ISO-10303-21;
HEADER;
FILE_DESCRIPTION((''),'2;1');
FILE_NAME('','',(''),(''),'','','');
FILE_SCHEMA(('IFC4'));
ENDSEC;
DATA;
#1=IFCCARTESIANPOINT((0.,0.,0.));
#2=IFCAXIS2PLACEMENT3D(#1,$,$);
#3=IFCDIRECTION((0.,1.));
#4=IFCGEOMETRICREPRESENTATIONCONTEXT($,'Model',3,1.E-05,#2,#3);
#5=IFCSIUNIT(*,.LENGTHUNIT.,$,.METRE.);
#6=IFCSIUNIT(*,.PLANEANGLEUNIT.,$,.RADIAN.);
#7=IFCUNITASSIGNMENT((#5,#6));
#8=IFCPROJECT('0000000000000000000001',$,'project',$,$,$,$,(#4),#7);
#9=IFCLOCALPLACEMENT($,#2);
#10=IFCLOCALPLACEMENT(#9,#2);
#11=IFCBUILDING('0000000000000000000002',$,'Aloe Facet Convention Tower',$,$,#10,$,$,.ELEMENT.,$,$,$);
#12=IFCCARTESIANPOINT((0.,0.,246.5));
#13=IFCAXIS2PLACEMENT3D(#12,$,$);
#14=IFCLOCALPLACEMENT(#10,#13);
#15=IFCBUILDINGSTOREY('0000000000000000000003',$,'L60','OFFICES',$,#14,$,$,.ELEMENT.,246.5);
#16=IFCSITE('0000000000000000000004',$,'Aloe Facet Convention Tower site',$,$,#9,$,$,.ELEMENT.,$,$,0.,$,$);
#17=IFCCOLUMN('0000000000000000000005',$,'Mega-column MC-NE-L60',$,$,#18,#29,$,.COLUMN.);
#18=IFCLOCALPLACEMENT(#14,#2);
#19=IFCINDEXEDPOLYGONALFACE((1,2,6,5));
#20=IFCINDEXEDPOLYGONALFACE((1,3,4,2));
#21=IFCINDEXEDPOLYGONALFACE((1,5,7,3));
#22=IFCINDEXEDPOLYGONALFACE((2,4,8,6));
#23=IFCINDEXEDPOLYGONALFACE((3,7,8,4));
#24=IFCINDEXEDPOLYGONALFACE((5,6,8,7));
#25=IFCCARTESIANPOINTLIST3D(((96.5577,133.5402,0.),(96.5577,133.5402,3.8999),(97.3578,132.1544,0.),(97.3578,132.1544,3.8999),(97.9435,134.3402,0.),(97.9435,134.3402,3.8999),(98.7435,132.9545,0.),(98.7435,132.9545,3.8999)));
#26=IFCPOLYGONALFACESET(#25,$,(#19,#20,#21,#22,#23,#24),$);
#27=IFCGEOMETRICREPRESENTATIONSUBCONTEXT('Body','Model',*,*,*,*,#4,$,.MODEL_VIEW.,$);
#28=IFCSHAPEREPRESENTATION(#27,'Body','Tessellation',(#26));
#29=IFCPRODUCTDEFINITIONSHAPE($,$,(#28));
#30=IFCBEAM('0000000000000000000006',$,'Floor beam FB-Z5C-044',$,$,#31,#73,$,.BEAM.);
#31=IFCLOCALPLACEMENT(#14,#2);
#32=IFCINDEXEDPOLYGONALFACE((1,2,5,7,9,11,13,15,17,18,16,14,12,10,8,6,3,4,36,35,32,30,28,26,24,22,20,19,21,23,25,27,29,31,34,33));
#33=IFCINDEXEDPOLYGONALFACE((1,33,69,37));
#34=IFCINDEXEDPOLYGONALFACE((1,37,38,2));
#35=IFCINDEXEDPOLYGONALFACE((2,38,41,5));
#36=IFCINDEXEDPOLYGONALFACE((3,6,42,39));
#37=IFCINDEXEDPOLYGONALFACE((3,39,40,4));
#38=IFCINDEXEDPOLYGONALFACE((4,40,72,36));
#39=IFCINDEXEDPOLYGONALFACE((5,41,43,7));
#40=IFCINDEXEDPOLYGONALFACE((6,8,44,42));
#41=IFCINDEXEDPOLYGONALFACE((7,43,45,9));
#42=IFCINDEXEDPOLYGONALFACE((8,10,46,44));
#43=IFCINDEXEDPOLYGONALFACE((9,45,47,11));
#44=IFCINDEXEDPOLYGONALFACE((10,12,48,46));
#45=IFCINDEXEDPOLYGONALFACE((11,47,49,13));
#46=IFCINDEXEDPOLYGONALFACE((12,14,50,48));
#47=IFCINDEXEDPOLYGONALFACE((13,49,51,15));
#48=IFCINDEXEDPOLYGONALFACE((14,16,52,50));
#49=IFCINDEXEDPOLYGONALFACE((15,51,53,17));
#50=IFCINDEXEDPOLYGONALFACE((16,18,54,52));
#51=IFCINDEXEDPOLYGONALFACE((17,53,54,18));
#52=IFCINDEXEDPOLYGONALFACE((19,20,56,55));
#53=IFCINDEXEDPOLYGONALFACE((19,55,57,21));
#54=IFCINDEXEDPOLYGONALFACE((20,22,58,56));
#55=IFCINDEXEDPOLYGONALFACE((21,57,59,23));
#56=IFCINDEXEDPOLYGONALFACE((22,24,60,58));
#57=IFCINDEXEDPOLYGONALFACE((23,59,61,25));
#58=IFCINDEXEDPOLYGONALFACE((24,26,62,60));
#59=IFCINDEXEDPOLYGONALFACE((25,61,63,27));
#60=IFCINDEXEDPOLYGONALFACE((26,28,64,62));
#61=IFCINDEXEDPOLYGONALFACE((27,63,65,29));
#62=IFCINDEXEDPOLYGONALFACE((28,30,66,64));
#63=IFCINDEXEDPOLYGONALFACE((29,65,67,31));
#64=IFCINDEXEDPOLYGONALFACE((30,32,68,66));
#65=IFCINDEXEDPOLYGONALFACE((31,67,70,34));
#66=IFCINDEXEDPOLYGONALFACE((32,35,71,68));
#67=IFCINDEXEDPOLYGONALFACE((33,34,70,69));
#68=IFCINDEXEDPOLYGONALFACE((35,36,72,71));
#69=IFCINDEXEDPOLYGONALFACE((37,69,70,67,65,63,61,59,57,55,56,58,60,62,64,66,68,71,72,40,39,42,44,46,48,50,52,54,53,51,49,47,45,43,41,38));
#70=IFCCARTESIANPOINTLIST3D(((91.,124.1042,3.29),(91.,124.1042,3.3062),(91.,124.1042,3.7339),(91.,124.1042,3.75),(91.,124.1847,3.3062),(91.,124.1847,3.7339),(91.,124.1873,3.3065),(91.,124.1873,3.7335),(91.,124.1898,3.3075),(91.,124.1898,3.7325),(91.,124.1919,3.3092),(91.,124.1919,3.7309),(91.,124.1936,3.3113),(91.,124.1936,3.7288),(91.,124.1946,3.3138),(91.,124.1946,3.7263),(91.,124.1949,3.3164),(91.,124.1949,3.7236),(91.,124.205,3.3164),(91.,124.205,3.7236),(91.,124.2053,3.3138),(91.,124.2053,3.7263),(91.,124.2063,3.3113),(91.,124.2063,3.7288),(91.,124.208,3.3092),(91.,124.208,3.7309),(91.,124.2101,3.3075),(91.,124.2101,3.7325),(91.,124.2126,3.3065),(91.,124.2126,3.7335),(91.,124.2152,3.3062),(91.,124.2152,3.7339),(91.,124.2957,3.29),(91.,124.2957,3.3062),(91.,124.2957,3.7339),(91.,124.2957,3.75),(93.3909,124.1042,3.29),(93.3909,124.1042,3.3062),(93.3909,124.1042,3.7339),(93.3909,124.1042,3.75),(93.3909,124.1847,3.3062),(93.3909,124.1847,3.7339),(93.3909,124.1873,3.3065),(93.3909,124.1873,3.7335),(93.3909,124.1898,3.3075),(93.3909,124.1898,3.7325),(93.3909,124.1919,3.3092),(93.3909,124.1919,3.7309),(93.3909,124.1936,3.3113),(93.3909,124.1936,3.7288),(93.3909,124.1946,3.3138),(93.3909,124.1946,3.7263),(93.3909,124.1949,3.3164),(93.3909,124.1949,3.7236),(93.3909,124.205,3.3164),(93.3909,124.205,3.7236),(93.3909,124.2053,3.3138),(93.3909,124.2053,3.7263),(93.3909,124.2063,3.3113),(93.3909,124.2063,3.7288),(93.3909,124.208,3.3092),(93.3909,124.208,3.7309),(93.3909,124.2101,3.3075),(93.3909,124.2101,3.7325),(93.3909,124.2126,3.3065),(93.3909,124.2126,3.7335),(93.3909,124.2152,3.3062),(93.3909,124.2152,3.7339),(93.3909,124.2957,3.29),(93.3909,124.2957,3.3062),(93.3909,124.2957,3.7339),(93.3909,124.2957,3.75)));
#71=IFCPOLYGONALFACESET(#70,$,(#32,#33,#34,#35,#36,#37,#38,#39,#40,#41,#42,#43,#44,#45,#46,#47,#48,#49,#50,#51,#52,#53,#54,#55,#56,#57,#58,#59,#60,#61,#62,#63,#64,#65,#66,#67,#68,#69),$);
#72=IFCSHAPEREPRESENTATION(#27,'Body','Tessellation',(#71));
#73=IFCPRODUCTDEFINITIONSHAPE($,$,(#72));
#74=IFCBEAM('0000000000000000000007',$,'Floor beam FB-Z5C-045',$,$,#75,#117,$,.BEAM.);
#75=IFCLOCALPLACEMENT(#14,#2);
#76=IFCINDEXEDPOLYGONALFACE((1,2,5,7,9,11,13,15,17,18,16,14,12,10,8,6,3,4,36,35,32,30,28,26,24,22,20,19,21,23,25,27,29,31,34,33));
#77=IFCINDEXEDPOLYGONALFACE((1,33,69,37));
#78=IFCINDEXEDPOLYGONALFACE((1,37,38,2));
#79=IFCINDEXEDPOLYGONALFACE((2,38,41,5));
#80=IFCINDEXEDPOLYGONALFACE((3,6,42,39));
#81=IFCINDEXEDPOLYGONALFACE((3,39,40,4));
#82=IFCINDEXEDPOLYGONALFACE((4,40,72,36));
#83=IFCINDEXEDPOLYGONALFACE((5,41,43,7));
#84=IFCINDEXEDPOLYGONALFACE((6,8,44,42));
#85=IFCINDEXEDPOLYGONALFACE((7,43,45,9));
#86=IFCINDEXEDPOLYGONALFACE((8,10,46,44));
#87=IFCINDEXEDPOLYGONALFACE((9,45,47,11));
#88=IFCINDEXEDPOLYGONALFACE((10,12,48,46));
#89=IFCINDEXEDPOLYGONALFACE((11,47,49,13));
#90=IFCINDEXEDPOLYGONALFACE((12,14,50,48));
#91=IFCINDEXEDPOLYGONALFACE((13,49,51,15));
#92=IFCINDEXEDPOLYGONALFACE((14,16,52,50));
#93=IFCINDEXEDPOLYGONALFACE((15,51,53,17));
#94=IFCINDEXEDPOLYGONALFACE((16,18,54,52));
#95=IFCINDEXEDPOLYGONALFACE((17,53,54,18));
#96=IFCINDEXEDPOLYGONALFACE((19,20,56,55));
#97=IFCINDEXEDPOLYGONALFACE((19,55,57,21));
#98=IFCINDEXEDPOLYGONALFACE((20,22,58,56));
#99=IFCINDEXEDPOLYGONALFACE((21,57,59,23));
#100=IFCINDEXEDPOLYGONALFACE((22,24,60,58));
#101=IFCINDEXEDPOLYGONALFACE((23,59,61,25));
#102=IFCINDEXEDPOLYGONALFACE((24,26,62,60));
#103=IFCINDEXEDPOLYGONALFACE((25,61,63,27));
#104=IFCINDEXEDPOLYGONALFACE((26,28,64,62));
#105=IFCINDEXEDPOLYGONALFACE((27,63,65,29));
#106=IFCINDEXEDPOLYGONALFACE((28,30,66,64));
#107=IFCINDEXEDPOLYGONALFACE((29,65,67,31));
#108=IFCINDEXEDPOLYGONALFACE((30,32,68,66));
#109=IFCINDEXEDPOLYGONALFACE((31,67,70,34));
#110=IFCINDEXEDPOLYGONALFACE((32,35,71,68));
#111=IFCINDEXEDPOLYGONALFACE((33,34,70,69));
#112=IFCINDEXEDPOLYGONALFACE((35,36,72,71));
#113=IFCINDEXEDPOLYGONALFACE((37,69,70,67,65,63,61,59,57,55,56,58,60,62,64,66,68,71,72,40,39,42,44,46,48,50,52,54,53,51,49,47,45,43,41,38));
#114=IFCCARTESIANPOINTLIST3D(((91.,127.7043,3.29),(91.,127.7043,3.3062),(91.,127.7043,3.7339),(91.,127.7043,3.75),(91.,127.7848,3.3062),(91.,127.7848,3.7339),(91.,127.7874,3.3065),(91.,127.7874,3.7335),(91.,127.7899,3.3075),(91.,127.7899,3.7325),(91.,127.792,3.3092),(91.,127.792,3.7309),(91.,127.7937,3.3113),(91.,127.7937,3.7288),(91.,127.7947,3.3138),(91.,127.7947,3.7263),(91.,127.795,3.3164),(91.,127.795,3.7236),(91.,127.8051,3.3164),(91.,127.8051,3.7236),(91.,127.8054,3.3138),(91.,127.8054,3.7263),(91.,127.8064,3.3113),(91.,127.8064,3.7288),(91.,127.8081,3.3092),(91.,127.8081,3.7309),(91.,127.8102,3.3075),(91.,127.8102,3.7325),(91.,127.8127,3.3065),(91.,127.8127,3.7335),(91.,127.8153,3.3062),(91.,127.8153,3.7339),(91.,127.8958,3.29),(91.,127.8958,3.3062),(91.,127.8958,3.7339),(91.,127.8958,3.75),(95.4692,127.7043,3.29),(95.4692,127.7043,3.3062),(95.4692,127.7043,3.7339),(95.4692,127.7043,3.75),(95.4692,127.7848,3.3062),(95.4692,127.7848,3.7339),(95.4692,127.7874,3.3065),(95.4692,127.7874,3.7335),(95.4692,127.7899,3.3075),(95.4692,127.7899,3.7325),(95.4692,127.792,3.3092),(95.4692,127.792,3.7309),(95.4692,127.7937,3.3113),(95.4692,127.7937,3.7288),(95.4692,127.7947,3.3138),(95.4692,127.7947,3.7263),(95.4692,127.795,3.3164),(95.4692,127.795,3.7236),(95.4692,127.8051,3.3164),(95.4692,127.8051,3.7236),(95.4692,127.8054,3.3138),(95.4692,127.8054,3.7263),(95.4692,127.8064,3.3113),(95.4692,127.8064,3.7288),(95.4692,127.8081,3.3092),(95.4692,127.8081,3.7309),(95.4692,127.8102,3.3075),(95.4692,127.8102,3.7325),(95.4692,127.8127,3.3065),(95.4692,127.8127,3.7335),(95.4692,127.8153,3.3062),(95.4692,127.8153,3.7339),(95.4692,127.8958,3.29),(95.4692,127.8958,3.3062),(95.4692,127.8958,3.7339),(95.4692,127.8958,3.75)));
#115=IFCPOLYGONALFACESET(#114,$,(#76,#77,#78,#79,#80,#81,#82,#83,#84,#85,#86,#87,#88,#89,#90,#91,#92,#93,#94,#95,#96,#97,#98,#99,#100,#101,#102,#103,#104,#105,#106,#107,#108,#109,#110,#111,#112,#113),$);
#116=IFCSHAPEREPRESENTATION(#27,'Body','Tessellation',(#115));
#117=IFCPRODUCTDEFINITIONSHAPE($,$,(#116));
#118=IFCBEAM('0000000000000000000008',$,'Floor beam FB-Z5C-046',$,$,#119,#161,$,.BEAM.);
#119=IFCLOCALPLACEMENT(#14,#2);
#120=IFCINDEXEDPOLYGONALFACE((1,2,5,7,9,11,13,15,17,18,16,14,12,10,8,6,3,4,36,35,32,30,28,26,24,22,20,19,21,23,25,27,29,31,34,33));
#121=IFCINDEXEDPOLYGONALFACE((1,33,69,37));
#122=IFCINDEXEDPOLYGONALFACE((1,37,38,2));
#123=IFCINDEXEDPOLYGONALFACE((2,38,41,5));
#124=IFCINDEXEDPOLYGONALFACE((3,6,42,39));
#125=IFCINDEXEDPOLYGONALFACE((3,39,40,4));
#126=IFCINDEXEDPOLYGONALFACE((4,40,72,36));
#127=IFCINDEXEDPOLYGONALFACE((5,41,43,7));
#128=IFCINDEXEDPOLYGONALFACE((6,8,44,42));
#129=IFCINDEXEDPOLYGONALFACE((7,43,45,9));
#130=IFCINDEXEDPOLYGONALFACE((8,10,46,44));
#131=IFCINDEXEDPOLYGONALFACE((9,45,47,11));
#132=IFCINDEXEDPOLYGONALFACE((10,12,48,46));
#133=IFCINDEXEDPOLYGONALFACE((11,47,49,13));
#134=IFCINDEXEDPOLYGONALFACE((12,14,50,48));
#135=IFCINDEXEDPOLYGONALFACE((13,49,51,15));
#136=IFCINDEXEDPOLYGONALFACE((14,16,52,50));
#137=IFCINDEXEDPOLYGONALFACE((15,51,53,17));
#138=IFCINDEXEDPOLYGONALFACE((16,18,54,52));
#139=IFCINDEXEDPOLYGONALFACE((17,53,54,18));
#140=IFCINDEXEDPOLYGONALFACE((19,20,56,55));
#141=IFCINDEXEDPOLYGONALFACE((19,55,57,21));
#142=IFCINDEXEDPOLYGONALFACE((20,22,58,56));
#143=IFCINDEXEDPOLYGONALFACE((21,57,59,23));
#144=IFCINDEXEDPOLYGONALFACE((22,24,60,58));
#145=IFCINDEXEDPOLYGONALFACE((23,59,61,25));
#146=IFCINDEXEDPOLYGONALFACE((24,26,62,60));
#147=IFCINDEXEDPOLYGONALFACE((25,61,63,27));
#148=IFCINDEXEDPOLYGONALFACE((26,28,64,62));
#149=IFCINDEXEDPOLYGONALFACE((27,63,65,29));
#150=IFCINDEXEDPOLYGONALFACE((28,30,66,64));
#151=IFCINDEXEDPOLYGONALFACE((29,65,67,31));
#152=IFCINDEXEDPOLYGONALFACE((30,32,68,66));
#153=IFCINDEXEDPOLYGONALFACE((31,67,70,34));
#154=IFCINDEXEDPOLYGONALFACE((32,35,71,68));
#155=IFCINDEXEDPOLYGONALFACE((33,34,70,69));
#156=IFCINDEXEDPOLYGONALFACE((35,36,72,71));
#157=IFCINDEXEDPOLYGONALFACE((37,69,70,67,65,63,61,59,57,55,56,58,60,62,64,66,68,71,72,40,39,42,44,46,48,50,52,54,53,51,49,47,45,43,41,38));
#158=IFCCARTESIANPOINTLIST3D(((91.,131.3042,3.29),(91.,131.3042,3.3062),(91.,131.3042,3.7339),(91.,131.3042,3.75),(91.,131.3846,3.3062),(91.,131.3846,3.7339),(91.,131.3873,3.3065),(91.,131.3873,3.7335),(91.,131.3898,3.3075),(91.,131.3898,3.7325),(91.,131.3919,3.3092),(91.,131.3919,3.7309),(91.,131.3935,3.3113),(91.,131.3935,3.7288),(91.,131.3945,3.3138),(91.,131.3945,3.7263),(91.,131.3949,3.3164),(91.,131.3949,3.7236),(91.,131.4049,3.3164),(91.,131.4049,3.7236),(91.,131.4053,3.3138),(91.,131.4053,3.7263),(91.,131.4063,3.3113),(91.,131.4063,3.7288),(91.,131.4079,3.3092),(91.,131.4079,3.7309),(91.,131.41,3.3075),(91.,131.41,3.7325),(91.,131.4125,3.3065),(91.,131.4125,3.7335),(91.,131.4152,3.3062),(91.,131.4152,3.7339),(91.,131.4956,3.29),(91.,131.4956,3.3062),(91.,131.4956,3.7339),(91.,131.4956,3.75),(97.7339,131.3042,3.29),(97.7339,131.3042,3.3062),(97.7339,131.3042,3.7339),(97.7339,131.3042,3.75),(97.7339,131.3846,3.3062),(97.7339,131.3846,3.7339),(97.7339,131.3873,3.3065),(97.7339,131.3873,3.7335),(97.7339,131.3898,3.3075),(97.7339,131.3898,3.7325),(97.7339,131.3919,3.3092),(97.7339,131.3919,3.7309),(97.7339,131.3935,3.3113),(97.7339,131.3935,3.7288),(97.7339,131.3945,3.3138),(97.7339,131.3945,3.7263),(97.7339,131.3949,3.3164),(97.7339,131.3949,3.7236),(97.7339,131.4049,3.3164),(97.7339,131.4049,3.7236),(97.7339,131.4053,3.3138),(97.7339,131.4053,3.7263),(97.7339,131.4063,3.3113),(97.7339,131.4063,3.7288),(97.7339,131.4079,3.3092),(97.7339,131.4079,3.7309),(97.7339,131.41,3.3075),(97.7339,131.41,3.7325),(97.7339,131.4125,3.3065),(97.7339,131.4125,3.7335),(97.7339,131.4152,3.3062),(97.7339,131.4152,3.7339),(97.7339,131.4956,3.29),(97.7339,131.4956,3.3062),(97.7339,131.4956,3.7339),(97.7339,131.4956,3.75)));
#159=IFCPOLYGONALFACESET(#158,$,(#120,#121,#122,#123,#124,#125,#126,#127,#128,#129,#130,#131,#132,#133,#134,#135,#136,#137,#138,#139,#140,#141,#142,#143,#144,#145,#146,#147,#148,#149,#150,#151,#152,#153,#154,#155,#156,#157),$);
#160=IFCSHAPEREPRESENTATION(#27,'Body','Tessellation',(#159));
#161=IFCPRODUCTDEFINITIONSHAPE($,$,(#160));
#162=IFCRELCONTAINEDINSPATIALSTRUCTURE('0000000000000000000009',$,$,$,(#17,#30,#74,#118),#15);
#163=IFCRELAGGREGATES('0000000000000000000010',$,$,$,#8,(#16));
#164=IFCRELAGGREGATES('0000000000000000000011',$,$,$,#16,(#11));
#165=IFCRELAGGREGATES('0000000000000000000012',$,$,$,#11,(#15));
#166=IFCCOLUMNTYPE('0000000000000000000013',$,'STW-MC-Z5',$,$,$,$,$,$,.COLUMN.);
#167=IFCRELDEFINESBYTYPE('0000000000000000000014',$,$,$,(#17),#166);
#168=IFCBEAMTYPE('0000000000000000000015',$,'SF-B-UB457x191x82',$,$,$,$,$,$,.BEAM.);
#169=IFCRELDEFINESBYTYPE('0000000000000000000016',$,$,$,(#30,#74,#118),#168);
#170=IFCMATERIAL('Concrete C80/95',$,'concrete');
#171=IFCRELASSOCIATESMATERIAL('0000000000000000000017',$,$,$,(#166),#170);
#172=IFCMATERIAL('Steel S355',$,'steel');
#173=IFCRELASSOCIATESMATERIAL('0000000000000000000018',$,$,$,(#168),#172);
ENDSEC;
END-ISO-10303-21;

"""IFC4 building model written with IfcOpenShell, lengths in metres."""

from ifc_helpers import new_model, si_unit, direction, frame, origin, origin_2d, place, context, subcontext, project, spatial, rectangle, i_section, extrude, material, material_profile, profile_set, type_object, element, save


model = new_model("IFC4")

# Units and contexts
model_context = context("Model", 3, precision=1e-05, world=origin(), true_north=direction((0.0, 1.0)))
body_context = subcontext(model_context, "Body", "Model", "MODEL_VIEW")
ifc_project = project(units=[si_unit("LENGTHUNIT", "METRE"), si_unit("PLANEANGLEUNIT", "RADIAN")], contexts=[model_context])

# Site, building, storey
site_placement = place(None, origin())
site = spatial("IfcSite", under=ifc_project, at=site_placement, Name="Aloe Facet Convention Tower site", CompositionType="ELEMENT", RefElevation=0.0)
building_placement = place(site_placement, origin())
building = spatial("IfcBuilding", under=site, at=building_placement, Name="Aloe Facet Convention Tower", CompositionType="ELEMENT")
storey_placement = place(building_placement, frame((0.0, 0.0, 246.5)))
storey = spatial("IfcBuildingStorey", under=building, at=storey_placement, Name="L60", Description="OFFICES", CompositionType="ELEMENT", Elevation=246.5)

# Column
ifc_material_1 = material(Name="Concrete C80/95", Category="concrete")
ifc_material_profile_1 = material_profile(ifc_material_1, rectangle(XDim=1.6001, YDim=1.6001, at=origin_2d()), Name="STW-MC-Z5")
ifc_profile_set_1 = profile_set([ifc_material_profile_1], Name="Concrete C80/95")
column_type = type_object("IfcColumnType", Name="STW-MC-Z5", PredefinedType="COLUMN", material=ifc_profile_set_1)
column_placement = place(storey_placement, frame((97.6506, 133.2473, 0.0), z_axis=(0.0, 0.0, 1.0), x_axis=(-0.5, 0.866025, 0.0)))
element("IfcColumn", 1, at=column_placement, inside=storey, type_object=column_type, Name="Mega-column MC-NE-L60", PredefinedType="COLUMN", context=body_context, shape_type="SweptSolid", body=[
    extrude(rectangle(XDim=1.6001, YDim=1.6001, at=origin_2d()), origin(), (0.0, 0.0, 1.0), 3.8999),
])

# Beams
ifc_material_2 = material(Name="Steel S355", Category="steel")
ifc_material_profile_2 = material_profile(ifc_material_2, i_section(OverallWidth=0.1914, OverallDepth=0.46, WebThickness=0.01, FlangeThickness=0.0161, FilletRadius=0.0103, at=origin_2d()), Name="UB 457x191x82")
ifc_profile_set_2 = profile_set([ifc_material_profile_2], Name="Steel S355")
beam_type_1 = type_object("IfcBeamType", Name="SF-B-UB457x191x82", PredefinedType="BEAM", material=ifc_profile_set_2)
beam_1_placement = place(storey_placement, frame((91.0, 124.2, 3.52), z_axis=(1.0, 0.0, 0.0), x_axis=(0.0, 1.0, 0.0)))
element("IfcBeam", 2, at=beam_1_placement, inside=storey, type_object=beam_type_1, Name="Floor beam FB-Z5C-044", PredefinedType="BEAM", context=body_context, shape_type="SweptSolid", body=[
    extrude(i_section(OverallWidth=0.1914, OverallDepth=0.46, WebThickness=0.01, FlangeThickness=0.0161, FilletRadius=0.0103, at=origin_2d()), origin(), (0.0, 0.0, 1.0), 2.3909),
])
beam_2_placement = place(storey_placement, frame((91.0, 127.8, 3.52), z_axis=(1.0, 0.0, 0.0), x_axis=(0.0, 1.0, 0.0)))
element("IfcBeam", 3, at=beam_2_placement, inside=storey, type_object=beam_type_1, Name="Floor beam FB-Z5C-045", PredefinedType="BEAM", context=body_context, shape_type="SweptSolid", body=[
    extrude(i_section(OverallWidth=0.1914, OverallDepth=0.46, WebThickness=0.01, FlangeThickness=0.0161, FilletRadius=0.0103, at=origin_2d()), origin(), (0.0, 0.0, 1.0), 4.4692),
])
beam_3_placement = place(storey_placement, frame((91.0, 131.3999, 3.52), z_axis=(1.0, 0.0, 0.0), x_axis=(0.0, 1.0, 0.0)))
element("IfcBeam", 4, at=beam_3_placement, inside=storey, type_object=beam_type_1, Name="Floor beam FB-Z5C-046", PredefinedType="BEAM", context=body_context, shape_type="SweptSolid", body=[
    extrude(i_section(OverallWidth=0.1914, OverallDepth=0.46, WebThickness=0.01, FlangeThickness=0.0161, FilletRadius=0.0103, at=origin_2d()), origin(), (0.0, 0.0, 1.0), 6.7339),
])

save(model, "model.ifc")
